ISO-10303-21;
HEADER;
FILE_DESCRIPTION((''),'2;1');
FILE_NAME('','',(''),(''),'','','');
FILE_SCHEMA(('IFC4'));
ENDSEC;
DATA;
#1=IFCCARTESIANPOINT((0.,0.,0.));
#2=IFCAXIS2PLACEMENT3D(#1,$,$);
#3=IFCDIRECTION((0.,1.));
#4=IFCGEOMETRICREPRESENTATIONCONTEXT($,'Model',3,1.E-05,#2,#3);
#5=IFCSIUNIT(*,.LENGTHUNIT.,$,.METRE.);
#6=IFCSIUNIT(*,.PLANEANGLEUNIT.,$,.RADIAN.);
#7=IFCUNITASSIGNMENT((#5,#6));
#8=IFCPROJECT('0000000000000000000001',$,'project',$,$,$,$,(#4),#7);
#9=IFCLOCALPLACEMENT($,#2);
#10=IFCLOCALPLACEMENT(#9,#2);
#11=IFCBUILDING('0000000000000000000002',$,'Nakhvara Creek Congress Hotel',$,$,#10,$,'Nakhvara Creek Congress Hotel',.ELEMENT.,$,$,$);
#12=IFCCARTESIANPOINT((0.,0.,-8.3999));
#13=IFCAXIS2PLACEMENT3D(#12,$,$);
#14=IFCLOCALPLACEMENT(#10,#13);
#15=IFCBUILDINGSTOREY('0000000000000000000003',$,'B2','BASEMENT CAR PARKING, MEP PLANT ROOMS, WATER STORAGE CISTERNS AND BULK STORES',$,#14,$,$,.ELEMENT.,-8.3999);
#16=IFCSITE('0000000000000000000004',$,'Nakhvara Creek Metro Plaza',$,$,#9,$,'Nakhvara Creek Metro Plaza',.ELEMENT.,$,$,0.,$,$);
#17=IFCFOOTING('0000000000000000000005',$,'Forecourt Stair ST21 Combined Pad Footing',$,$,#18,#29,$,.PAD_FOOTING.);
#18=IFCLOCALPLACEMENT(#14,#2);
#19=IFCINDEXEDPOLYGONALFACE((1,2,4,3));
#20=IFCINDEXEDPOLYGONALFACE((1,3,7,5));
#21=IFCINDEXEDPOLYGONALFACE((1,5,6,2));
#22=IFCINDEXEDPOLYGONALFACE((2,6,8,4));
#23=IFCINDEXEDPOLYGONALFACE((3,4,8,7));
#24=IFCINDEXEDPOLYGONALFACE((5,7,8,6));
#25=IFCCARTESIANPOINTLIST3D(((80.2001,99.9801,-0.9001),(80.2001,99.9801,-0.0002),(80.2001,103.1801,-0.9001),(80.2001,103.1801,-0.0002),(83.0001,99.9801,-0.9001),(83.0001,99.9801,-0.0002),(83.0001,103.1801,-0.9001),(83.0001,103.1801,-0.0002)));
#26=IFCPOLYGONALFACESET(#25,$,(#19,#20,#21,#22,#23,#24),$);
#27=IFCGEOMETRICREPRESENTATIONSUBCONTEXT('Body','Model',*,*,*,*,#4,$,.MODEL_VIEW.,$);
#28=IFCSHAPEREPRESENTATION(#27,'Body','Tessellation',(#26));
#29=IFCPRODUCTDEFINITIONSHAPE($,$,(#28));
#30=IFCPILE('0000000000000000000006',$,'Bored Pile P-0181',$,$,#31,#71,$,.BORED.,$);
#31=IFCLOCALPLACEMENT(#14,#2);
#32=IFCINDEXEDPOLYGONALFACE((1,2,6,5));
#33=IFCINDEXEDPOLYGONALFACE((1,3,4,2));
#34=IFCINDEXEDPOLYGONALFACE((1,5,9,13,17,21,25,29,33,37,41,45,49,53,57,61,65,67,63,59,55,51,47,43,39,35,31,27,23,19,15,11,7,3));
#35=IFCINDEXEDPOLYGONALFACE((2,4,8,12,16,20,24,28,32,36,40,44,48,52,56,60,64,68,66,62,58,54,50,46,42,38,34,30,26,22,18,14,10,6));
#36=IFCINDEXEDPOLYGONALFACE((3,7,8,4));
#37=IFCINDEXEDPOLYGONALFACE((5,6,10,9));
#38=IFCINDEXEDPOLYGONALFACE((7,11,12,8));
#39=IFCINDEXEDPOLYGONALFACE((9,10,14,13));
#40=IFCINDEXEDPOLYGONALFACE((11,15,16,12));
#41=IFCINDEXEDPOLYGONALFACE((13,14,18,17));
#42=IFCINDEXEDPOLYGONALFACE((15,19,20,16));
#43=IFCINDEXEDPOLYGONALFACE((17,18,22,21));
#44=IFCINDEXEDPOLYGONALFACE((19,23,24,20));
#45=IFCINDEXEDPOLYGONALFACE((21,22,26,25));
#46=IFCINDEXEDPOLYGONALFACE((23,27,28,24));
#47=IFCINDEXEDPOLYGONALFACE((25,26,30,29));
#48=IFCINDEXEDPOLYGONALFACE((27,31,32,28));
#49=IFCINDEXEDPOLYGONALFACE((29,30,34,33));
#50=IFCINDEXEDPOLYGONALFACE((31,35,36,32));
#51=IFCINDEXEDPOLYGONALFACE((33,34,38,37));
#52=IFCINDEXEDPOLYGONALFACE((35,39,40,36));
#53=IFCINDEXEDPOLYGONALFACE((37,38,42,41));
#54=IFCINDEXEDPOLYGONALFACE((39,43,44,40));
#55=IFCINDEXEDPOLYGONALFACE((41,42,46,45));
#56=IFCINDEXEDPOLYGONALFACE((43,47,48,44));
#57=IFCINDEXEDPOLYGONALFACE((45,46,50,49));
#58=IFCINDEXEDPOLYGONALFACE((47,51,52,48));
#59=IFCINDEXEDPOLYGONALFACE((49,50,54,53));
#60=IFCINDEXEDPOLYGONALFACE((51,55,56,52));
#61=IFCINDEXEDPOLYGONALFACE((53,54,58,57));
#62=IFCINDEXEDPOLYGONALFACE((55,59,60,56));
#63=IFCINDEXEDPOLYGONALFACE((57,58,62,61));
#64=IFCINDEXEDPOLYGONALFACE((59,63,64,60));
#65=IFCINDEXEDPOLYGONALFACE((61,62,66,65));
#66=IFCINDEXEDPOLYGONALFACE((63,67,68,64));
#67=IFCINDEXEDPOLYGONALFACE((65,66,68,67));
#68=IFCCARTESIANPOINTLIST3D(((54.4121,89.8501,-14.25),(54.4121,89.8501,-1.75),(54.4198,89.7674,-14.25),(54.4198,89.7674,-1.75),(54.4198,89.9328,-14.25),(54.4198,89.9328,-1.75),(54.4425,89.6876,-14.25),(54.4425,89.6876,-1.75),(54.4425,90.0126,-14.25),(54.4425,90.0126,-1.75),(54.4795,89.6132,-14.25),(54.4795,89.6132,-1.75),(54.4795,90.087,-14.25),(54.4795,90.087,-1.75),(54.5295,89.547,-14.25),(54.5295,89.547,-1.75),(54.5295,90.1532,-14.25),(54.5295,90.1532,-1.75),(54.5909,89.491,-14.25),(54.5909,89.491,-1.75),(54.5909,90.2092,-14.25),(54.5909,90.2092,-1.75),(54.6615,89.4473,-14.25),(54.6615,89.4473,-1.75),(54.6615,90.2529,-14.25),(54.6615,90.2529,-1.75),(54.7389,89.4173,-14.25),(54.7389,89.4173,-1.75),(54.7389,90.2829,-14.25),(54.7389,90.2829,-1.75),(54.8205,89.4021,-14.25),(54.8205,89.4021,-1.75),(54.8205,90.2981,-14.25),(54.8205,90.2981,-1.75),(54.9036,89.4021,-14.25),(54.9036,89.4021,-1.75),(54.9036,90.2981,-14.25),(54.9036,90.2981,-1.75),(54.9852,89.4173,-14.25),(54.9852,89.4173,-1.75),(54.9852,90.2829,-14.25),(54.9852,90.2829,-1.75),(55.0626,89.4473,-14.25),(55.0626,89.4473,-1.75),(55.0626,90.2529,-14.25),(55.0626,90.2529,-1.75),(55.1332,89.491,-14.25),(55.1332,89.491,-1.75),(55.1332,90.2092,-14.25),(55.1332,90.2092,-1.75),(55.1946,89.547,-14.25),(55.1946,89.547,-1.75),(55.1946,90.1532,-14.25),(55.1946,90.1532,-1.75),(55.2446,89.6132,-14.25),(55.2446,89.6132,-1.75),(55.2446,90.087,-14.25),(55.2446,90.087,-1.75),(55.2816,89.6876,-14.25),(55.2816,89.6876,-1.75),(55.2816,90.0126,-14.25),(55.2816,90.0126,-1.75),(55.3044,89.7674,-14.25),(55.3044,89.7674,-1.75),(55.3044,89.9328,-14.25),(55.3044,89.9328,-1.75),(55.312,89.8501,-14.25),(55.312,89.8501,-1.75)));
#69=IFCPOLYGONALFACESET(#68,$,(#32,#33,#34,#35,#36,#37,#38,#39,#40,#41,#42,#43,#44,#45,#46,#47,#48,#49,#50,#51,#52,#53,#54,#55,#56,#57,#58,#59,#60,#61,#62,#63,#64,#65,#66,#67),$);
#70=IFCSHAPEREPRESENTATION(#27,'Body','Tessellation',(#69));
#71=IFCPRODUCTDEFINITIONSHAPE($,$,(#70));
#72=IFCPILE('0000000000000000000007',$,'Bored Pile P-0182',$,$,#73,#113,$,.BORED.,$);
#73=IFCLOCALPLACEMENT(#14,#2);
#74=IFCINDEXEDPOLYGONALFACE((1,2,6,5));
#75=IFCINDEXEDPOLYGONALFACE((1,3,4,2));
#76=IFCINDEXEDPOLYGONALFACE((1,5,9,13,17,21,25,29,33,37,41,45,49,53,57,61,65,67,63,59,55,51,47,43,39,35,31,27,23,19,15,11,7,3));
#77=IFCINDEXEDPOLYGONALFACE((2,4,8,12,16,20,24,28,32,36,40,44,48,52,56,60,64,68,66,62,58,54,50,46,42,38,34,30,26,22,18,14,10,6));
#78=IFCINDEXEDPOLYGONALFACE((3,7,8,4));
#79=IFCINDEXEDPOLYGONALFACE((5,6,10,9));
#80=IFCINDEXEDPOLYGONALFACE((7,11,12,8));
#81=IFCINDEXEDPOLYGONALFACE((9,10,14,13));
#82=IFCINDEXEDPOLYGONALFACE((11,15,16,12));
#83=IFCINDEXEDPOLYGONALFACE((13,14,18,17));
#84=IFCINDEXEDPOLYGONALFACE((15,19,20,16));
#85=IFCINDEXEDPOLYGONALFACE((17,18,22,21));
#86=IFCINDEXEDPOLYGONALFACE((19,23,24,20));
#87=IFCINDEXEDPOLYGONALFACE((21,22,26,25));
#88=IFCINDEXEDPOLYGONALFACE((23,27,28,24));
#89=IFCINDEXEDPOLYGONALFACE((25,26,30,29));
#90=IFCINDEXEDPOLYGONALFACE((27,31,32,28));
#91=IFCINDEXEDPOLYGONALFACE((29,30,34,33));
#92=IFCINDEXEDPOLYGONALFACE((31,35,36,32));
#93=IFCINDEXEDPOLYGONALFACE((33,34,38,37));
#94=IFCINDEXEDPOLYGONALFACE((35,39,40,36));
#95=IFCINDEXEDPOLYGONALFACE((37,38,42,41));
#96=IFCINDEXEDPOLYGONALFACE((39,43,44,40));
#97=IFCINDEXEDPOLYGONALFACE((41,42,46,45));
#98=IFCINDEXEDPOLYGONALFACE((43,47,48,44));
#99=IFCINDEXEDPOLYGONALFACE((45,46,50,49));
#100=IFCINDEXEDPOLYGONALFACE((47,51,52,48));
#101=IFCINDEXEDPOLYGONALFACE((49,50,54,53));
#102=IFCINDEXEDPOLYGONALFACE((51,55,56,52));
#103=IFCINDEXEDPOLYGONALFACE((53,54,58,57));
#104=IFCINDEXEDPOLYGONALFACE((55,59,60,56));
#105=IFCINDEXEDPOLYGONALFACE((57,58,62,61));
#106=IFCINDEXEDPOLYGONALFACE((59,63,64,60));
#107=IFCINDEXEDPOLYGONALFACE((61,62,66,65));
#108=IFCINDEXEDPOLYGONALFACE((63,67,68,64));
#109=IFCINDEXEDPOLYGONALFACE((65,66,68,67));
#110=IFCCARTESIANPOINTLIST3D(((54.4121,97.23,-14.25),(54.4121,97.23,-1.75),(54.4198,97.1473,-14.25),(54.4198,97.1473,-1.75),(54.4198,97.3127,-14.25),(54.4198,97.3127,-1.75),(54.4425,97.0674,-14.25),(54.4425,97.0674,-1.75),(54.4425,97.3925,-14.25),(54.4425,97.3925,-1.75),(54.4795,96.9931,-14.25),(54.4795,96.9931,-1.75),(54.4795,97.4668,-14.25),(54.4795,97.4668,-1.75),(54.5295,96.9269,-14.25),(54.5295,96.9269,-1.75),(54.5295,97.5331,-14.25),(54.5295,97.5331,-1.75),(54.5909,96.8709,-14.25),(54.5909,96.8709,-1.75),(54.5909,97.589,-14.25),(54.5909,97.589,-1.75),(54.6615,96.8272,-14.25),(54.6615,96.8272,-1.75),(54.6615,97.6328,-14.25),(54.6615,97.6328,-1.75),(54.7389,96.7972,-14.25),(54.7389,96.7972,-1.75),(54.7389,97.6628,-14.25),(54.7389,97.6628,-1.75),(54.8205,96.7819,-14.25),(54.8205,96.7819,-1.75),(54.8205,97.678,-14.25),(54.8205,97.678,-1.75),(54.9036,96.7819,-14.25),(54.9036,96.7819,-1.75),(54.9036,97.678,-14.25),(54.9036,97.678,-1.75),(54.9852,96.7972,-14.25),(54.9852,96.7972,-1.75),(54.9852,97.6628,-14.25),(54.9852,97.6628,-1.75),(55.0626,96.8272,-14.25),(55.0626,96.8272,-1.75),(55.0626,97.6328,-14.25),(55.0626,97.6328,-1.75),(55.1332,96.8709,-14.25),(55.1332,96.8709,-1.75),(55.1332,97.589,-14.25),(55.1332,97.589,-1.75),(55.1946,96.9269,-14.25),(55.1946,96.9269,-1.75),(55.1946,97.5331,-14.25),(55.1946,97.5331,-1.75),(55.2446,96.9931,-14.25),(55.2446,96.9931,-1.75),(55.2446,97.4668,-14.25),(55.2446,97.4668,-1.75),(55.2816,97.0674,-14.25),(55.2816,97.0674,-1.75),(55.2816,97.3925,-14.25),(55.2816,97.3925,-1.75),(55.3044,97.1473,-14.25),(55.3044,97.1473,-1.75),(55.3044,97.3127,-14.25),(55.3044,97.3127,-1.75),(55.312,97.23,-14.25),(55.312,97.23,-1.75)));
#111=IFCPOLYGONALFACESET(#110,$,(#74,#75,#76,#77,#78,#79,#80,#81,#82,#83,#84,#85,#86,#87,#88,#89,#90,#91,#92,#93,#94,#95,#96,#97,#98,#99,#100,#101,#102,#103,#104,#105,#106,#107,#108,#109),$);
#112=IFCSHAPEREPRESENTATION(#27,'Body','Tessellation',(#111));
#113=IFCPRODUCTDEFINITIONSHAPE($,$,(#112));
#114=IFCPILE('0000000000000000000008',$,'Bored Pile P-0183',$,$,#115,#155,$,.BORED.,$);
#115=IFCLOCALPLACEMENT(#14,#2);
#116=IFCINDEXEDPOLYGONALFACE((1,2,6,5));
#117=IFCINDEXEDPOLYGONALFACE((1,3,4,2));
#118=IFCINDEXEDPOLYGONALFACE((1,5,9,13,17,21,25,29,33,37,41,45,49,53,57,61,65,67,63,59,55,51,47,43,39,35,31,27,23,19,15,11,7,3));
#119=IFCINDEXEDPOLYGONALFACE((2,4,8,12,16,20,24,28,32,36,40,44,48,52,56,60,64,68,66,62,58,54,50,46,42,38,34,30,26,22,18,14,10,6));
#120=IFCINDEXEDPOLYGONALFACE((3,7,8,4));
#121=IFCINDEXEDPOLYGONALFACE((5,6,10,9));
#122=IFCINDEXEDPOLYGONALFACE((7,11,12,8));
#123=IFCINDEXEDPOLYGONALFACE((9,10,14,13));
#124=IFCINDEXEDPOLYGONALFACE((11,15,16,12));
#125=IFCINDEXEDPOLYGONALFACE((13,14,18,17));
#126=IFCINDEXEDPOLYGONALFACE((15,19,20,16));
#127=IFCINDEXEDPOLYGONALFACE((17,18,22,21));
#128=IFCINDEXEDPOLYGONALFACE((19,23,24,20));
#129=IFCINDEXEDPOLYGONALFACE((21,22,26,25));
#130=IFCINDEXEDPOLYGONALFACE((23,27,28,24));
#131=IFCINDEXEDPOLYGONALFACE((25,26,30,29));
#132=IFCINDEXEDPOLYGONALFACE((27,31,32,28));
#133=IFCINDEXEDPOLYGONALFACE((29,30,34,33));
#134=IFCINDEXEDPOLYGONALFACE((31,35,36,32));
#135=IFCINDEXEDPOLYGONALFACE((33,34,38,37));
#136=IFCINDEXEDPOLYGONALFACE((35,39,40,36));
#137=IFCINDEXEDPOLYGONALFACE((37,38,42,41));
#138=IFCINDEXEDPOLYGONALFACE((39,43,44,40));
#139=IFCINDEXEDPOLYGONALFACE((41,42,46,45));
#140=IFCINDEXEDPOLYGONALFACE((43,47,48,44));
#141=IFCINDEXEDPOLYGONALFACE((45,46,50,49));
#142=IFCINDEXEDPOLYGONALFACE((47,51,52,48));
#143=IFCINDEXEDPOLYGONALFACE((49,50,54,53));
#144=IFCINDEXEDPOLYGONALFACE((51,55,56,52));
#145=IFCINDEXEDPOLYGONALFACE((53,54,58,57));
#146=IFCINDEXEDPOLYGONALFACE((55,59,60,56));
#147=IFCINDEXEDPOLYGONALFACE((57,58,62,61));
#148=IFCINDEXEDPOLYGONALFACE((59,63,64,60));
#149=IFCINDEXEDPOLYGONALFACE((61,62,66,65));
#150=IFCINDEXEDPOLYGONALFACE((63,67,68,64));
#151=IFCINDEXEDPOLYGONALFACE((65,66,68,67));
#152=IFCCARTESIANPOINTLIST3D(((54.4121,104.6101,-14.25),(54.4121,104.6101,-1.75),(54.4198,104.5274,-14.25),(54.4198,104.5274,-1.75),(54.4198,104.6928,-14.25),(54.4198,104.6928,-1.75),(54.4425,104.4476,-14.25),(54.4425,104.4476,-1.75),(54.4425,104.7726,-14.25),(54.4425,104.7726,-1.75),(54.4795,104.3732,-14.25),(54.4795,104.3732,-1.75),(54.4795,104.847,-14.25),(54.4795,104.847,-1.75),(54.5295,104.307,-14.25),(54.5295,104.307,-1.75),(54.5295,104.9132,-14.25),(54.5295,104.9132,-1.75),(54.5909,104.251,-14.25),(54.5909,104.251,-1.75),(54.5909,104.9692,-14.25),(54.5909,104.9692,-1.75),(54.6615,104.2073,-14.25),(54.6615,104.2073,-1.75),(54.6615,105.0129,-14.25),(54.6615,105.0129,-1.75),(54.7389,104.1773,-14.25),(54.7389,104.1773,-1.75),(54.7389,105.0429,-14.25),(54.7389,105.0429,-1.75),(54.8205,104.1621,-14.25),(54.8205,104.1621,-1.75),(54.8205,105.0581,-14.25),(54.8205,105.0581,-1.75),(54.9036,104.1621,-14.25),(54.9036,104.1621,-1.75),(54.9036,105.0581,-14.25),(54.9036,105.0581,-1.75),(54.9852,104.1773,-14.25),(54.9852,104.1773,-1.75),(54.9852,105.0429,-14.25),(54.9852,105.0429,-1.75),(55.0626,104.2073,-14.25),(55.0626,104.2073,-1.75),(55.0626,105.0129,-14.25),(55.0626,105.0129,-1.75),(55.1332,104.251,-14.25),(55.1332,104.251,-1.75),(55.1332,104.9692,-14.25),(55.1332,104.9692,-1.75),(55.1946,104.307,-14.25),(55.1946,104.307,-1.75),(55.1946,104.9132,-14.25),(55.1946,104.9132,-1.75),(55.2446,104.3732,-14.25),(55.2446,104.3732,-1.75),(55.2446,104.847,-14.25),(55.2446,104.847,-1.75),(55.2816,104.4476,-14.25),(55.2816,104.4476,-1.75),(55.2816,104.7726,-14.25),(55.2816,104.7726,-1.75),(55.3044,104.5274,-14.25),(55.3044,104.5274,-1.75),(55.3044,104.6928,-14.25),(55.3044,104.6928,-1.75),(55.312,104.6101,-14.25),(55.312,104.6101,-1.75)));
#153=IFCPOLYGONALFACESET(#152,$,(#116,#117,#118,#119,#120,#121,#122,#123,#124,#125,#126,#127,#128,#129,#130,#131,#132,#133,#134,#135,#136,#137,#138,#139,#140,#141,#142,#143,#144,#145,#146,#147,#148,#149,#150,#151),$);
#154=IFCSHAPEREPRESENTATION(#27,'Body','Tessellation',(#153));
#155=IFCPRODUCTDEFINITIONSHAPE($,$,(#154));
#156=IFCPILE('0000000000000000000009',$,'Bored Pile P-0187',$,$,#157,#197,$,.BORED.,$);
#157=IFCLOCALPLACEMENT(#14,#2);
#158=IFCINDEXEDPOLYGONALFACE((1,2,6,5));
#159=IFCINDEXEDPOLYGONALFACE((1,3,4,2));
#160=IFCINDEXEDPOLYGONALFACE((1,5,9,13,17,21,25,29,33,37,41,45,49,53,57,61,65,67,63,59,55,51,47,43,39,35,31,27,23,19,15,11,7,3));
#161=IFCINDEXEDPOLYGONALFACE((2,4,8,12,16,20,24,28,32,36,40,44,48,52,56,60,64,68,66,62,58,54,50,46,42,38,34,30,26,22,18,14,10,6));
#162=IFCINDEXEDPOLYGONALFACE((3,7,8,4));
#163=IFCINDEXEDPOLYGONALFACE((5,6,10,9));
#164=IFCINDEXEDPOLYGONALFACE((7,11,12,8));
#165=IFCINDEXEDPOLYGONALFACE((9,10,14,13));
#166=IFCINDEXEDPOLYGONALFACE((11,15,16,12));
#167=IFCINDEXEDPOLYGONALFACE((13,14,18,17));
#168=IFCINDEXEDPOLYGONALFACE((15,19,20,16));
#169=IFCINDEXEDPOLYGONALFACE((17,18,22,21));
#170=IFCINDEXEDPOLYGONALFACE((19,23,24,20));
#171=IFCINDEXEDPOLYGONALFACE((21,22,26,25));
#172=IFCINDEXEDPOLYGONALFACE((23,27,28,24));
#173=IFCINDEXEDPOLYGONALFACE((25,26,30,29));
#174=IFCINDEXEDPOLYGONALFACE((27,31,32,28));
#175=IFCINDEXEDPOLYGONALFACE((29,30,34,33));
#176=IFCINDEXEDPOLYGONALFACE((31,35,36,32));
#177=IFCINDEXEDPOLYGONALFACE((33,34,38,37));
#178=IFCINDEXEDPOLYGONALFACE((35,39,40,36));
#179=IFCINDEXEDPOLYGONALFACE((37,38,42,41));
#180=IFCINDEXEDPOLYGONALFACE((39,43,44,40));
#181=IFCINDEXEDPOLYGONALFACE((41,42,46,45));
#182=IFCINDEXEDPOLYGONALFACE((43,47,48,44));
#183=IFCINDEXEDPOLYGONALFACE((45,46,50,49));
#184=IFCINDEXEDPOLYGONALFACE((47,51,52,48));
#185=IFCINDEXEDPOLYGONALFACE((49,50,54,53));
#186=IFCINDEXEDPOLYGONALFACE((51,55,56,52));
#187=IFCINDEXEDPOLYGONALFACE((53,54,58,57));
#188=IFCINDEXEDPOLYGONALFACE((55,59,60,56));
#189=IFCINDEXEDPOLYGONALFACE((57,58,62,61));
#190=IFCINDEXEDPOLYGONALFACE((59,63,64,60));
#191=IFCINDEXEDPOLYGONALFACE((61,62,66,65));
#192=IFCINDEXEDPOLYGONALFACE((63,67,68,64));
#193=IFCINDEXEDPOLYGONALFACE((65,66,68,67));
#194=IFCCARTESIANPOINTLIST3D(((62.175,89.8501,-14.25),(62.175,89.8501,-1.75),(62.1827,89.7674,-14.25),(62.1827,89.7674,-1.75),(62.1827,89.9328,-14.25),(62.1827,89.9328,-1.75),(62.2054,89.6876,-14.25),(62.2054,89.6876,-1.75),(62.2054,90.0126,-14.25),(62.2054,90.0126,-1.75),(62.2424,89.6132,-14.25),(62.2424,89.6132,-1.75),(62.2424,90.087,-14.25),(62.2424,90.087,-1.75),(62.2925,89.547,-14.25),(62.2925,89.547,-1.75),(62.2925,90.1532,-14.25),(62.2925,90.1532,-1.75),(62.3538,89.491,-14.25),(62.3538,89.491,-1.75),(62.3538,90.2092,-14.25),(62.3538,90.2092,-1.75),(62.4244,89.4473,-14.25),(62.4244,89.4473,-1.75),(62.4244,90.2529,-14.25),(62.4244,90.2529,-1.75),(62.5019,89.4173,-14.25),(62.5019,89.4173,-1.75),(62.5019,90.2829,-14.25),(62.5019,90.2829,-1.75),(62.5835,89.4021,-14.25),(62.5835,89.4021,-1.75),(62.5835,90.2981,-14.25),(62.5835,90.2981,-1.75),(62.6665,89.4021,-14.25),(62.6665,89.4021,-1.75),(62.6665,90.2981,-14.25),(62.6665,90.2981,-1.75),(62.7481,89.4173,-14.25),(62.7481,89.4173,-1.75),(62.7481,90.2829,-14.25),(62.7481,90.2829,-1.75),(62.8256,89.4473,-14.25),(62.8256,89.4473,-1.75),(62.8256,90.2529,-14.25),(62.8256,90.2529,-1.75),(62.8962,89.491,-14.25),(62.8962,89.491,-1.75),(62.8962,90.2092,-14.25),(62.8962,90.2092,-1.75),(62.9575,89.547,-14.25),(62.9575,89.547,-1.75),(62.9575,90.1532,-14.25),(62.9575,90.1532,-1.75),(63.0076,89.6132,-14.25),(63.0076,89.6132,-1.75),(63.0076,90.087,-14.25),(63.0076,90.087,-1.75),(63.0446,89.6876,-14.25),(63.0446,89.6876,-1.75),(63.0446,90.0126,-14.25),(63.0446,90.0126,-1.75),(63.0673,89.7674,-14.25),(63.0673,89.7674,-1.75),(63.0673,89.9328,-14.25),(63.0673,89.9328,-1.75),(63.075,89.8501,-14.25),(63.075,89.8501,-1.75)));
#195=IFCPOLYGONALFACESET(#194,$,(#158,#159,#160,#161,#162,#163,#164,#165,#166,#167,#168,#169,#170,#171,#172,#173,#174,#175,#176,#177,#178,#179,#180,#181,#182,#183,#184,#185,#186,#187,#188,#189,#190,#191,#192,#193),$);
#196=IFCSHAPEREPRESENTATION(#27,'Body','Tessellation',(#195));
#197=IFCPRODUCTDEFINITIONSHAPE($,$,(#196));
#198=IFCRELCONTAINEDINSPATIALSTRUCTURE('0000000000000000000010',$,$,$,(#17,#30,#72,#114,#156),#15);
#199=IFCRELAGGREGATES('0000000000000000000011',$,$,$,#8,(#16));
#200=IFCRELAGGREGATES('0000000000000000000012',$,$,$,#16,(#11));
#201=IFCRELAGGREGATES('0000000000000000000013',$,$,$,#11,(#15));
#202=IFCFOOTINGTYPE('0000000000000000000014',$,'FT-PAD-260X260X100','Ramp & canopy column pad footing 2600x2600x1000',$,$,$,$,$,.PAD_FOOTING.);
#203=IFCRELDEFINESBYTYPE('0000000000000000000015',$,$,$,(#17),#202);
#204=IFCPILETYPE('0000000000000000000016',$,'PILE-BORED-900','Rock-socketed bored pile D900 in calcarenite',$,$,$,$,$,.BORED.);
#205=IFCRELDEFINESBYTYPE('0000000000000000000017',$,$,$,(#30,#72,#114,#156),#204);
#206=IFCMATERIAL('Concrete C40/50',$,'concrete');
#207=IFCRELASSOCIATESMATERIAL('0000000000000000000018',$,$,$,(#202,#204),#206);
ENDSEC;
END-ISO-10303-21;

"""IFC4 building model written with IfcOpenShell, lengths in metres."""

from ifc_helpers import new_model, si_unit, direction, frame, origin, origin_2d, place, context, subcontext, project, spatial, rectangle, circle, extrude, material, material_profile, profile_set, type_object, element, save


model = new_model("IFC4")

# Units and contexts
model_context = context("Model", 3, precision=1e-05, world=origin(), true_north=direction((0.0, 1.0)))
body_context = subcontext(model_context, "Body", "Model", "MODEL_VIEW")
ifc_project = project(units=[si_unit("LENGTHUNIT", "METRE"), si_unit("PLANEANGLEUNIT", "RADIAN")], contexts=[model_context])

# Site, building, storey
site_placement = place(None, origin())
site = spatial("IfcSite", under=ifc_project, at=site_placement, Name="Nakhvara Creek Metro Plaza", LongName="Nakhvara Creek Metro Plaza", CompositionType="ELEMENT", RefElevation=0.0)
building_placement = place(site_placement, origin())
building = spatial("IfcBuilding", under=site, at=building_placement, Name="Nakhvara Creek Congress Hotel", LongName="Nakhvara Creek Congress Hotel", CompositionType="ELEMENT")
storey_placement = place(building_placement, frame((0.0, 0.0, -8.3999)))
storey = spatial("IfcBuildingStorey", under=building, at=storey_placement, Name="B2", Description="BASEMENT CAR PARKING, MEP PLANT ROOMS, WATER STORAGE CISTERNS AND BULK STORES", CompositionType="ELEMENT", Elevation=-8.3999)

# Footing
ifc_material_1 = material(Name="Concrete C40/50", Category="concrete")
footing_type = type_object("IfcFootingType", Name="FT-PAD-260X260X100", Description="Ramp & canopy column pad footing 2600x2600x1000", PredefinedType="PAD_FOOTING", material=ifc_material_1)
footing_placement = place(storey_placement, frame((81.6001, 101.5801, -0.9001), z_axis=(0.0, 0.0, 1.0), x_axis=(1.0, 0.0, 0.0)))
element("IfcFooting", 1, at=footing_placement, inside=storey, type_object=footing_type, Name="Forecourt Stair ST21 Combined Pad Footing", PredefinedType="PAD_FOOTING", context=body_context, shape_type="SweptSolid", body=[
    extrude(rectangle(XDim=2.8, YDim=3.2, at=origin_2d()), origin(), (0.0, 0.0, 1.0), 0.8999),
])

# Piles
ifc_material_profile_1 = material_profile(ifc_material_1, circle(Radius=0.45, at=origin_2d()), Name="BORED PILE D900", Category="LoadBearing")
ifc_profile_set_1 = profile_set([ifc_material_profile_1], Name="Concrete C40/50")
pile_type = type_object("IfcPileType", Name="PILE-BORED-900", Description="Rock-socketed bored pile D900 in calcarenite", PredefinedType="BORED", material=ifc_profile_set_1)
for number, where, z_axis, x_axis, name in (
    (2, (54.8621, 89.8501, -1.75), (0.0, 0.0, -1.0), (1.0, 0.0, 0.0), "Bored Pile P-0181"),
    (3, (54.8621, 97.23, -1.75), (0.0, 0.0, -1.0), (1.0, 0.0, 0.0), "Bored Pile P-0182"),
    (4, (54.8621, 104.6101, -1.75), (0.0, 0.0, -1.0), (1.0, 0.0, 0.0), "Bored Pile P-0183"),
    (5, (62.625, 89.8501, -1.75), (0.0, 0.0, -1.0), (1.0, 0.0, 0.0), "Bored Pile P-0187"),
):
    element("IfcPile", number, at=place(storey_placement, frame(where, z_axis=z_axis, x_axis=x_axis)), inside=storey, type_object=pile_type, Name=name, PredefinedType="BORED", context=body_context, shape_type="SweptSolid", body=[
        extrude(circle(Radius=0.45, at=origin_2d()), origin(), (0.0, 0.0, 1.0), 12.5),
    ])

save(model, "model.ifc")
